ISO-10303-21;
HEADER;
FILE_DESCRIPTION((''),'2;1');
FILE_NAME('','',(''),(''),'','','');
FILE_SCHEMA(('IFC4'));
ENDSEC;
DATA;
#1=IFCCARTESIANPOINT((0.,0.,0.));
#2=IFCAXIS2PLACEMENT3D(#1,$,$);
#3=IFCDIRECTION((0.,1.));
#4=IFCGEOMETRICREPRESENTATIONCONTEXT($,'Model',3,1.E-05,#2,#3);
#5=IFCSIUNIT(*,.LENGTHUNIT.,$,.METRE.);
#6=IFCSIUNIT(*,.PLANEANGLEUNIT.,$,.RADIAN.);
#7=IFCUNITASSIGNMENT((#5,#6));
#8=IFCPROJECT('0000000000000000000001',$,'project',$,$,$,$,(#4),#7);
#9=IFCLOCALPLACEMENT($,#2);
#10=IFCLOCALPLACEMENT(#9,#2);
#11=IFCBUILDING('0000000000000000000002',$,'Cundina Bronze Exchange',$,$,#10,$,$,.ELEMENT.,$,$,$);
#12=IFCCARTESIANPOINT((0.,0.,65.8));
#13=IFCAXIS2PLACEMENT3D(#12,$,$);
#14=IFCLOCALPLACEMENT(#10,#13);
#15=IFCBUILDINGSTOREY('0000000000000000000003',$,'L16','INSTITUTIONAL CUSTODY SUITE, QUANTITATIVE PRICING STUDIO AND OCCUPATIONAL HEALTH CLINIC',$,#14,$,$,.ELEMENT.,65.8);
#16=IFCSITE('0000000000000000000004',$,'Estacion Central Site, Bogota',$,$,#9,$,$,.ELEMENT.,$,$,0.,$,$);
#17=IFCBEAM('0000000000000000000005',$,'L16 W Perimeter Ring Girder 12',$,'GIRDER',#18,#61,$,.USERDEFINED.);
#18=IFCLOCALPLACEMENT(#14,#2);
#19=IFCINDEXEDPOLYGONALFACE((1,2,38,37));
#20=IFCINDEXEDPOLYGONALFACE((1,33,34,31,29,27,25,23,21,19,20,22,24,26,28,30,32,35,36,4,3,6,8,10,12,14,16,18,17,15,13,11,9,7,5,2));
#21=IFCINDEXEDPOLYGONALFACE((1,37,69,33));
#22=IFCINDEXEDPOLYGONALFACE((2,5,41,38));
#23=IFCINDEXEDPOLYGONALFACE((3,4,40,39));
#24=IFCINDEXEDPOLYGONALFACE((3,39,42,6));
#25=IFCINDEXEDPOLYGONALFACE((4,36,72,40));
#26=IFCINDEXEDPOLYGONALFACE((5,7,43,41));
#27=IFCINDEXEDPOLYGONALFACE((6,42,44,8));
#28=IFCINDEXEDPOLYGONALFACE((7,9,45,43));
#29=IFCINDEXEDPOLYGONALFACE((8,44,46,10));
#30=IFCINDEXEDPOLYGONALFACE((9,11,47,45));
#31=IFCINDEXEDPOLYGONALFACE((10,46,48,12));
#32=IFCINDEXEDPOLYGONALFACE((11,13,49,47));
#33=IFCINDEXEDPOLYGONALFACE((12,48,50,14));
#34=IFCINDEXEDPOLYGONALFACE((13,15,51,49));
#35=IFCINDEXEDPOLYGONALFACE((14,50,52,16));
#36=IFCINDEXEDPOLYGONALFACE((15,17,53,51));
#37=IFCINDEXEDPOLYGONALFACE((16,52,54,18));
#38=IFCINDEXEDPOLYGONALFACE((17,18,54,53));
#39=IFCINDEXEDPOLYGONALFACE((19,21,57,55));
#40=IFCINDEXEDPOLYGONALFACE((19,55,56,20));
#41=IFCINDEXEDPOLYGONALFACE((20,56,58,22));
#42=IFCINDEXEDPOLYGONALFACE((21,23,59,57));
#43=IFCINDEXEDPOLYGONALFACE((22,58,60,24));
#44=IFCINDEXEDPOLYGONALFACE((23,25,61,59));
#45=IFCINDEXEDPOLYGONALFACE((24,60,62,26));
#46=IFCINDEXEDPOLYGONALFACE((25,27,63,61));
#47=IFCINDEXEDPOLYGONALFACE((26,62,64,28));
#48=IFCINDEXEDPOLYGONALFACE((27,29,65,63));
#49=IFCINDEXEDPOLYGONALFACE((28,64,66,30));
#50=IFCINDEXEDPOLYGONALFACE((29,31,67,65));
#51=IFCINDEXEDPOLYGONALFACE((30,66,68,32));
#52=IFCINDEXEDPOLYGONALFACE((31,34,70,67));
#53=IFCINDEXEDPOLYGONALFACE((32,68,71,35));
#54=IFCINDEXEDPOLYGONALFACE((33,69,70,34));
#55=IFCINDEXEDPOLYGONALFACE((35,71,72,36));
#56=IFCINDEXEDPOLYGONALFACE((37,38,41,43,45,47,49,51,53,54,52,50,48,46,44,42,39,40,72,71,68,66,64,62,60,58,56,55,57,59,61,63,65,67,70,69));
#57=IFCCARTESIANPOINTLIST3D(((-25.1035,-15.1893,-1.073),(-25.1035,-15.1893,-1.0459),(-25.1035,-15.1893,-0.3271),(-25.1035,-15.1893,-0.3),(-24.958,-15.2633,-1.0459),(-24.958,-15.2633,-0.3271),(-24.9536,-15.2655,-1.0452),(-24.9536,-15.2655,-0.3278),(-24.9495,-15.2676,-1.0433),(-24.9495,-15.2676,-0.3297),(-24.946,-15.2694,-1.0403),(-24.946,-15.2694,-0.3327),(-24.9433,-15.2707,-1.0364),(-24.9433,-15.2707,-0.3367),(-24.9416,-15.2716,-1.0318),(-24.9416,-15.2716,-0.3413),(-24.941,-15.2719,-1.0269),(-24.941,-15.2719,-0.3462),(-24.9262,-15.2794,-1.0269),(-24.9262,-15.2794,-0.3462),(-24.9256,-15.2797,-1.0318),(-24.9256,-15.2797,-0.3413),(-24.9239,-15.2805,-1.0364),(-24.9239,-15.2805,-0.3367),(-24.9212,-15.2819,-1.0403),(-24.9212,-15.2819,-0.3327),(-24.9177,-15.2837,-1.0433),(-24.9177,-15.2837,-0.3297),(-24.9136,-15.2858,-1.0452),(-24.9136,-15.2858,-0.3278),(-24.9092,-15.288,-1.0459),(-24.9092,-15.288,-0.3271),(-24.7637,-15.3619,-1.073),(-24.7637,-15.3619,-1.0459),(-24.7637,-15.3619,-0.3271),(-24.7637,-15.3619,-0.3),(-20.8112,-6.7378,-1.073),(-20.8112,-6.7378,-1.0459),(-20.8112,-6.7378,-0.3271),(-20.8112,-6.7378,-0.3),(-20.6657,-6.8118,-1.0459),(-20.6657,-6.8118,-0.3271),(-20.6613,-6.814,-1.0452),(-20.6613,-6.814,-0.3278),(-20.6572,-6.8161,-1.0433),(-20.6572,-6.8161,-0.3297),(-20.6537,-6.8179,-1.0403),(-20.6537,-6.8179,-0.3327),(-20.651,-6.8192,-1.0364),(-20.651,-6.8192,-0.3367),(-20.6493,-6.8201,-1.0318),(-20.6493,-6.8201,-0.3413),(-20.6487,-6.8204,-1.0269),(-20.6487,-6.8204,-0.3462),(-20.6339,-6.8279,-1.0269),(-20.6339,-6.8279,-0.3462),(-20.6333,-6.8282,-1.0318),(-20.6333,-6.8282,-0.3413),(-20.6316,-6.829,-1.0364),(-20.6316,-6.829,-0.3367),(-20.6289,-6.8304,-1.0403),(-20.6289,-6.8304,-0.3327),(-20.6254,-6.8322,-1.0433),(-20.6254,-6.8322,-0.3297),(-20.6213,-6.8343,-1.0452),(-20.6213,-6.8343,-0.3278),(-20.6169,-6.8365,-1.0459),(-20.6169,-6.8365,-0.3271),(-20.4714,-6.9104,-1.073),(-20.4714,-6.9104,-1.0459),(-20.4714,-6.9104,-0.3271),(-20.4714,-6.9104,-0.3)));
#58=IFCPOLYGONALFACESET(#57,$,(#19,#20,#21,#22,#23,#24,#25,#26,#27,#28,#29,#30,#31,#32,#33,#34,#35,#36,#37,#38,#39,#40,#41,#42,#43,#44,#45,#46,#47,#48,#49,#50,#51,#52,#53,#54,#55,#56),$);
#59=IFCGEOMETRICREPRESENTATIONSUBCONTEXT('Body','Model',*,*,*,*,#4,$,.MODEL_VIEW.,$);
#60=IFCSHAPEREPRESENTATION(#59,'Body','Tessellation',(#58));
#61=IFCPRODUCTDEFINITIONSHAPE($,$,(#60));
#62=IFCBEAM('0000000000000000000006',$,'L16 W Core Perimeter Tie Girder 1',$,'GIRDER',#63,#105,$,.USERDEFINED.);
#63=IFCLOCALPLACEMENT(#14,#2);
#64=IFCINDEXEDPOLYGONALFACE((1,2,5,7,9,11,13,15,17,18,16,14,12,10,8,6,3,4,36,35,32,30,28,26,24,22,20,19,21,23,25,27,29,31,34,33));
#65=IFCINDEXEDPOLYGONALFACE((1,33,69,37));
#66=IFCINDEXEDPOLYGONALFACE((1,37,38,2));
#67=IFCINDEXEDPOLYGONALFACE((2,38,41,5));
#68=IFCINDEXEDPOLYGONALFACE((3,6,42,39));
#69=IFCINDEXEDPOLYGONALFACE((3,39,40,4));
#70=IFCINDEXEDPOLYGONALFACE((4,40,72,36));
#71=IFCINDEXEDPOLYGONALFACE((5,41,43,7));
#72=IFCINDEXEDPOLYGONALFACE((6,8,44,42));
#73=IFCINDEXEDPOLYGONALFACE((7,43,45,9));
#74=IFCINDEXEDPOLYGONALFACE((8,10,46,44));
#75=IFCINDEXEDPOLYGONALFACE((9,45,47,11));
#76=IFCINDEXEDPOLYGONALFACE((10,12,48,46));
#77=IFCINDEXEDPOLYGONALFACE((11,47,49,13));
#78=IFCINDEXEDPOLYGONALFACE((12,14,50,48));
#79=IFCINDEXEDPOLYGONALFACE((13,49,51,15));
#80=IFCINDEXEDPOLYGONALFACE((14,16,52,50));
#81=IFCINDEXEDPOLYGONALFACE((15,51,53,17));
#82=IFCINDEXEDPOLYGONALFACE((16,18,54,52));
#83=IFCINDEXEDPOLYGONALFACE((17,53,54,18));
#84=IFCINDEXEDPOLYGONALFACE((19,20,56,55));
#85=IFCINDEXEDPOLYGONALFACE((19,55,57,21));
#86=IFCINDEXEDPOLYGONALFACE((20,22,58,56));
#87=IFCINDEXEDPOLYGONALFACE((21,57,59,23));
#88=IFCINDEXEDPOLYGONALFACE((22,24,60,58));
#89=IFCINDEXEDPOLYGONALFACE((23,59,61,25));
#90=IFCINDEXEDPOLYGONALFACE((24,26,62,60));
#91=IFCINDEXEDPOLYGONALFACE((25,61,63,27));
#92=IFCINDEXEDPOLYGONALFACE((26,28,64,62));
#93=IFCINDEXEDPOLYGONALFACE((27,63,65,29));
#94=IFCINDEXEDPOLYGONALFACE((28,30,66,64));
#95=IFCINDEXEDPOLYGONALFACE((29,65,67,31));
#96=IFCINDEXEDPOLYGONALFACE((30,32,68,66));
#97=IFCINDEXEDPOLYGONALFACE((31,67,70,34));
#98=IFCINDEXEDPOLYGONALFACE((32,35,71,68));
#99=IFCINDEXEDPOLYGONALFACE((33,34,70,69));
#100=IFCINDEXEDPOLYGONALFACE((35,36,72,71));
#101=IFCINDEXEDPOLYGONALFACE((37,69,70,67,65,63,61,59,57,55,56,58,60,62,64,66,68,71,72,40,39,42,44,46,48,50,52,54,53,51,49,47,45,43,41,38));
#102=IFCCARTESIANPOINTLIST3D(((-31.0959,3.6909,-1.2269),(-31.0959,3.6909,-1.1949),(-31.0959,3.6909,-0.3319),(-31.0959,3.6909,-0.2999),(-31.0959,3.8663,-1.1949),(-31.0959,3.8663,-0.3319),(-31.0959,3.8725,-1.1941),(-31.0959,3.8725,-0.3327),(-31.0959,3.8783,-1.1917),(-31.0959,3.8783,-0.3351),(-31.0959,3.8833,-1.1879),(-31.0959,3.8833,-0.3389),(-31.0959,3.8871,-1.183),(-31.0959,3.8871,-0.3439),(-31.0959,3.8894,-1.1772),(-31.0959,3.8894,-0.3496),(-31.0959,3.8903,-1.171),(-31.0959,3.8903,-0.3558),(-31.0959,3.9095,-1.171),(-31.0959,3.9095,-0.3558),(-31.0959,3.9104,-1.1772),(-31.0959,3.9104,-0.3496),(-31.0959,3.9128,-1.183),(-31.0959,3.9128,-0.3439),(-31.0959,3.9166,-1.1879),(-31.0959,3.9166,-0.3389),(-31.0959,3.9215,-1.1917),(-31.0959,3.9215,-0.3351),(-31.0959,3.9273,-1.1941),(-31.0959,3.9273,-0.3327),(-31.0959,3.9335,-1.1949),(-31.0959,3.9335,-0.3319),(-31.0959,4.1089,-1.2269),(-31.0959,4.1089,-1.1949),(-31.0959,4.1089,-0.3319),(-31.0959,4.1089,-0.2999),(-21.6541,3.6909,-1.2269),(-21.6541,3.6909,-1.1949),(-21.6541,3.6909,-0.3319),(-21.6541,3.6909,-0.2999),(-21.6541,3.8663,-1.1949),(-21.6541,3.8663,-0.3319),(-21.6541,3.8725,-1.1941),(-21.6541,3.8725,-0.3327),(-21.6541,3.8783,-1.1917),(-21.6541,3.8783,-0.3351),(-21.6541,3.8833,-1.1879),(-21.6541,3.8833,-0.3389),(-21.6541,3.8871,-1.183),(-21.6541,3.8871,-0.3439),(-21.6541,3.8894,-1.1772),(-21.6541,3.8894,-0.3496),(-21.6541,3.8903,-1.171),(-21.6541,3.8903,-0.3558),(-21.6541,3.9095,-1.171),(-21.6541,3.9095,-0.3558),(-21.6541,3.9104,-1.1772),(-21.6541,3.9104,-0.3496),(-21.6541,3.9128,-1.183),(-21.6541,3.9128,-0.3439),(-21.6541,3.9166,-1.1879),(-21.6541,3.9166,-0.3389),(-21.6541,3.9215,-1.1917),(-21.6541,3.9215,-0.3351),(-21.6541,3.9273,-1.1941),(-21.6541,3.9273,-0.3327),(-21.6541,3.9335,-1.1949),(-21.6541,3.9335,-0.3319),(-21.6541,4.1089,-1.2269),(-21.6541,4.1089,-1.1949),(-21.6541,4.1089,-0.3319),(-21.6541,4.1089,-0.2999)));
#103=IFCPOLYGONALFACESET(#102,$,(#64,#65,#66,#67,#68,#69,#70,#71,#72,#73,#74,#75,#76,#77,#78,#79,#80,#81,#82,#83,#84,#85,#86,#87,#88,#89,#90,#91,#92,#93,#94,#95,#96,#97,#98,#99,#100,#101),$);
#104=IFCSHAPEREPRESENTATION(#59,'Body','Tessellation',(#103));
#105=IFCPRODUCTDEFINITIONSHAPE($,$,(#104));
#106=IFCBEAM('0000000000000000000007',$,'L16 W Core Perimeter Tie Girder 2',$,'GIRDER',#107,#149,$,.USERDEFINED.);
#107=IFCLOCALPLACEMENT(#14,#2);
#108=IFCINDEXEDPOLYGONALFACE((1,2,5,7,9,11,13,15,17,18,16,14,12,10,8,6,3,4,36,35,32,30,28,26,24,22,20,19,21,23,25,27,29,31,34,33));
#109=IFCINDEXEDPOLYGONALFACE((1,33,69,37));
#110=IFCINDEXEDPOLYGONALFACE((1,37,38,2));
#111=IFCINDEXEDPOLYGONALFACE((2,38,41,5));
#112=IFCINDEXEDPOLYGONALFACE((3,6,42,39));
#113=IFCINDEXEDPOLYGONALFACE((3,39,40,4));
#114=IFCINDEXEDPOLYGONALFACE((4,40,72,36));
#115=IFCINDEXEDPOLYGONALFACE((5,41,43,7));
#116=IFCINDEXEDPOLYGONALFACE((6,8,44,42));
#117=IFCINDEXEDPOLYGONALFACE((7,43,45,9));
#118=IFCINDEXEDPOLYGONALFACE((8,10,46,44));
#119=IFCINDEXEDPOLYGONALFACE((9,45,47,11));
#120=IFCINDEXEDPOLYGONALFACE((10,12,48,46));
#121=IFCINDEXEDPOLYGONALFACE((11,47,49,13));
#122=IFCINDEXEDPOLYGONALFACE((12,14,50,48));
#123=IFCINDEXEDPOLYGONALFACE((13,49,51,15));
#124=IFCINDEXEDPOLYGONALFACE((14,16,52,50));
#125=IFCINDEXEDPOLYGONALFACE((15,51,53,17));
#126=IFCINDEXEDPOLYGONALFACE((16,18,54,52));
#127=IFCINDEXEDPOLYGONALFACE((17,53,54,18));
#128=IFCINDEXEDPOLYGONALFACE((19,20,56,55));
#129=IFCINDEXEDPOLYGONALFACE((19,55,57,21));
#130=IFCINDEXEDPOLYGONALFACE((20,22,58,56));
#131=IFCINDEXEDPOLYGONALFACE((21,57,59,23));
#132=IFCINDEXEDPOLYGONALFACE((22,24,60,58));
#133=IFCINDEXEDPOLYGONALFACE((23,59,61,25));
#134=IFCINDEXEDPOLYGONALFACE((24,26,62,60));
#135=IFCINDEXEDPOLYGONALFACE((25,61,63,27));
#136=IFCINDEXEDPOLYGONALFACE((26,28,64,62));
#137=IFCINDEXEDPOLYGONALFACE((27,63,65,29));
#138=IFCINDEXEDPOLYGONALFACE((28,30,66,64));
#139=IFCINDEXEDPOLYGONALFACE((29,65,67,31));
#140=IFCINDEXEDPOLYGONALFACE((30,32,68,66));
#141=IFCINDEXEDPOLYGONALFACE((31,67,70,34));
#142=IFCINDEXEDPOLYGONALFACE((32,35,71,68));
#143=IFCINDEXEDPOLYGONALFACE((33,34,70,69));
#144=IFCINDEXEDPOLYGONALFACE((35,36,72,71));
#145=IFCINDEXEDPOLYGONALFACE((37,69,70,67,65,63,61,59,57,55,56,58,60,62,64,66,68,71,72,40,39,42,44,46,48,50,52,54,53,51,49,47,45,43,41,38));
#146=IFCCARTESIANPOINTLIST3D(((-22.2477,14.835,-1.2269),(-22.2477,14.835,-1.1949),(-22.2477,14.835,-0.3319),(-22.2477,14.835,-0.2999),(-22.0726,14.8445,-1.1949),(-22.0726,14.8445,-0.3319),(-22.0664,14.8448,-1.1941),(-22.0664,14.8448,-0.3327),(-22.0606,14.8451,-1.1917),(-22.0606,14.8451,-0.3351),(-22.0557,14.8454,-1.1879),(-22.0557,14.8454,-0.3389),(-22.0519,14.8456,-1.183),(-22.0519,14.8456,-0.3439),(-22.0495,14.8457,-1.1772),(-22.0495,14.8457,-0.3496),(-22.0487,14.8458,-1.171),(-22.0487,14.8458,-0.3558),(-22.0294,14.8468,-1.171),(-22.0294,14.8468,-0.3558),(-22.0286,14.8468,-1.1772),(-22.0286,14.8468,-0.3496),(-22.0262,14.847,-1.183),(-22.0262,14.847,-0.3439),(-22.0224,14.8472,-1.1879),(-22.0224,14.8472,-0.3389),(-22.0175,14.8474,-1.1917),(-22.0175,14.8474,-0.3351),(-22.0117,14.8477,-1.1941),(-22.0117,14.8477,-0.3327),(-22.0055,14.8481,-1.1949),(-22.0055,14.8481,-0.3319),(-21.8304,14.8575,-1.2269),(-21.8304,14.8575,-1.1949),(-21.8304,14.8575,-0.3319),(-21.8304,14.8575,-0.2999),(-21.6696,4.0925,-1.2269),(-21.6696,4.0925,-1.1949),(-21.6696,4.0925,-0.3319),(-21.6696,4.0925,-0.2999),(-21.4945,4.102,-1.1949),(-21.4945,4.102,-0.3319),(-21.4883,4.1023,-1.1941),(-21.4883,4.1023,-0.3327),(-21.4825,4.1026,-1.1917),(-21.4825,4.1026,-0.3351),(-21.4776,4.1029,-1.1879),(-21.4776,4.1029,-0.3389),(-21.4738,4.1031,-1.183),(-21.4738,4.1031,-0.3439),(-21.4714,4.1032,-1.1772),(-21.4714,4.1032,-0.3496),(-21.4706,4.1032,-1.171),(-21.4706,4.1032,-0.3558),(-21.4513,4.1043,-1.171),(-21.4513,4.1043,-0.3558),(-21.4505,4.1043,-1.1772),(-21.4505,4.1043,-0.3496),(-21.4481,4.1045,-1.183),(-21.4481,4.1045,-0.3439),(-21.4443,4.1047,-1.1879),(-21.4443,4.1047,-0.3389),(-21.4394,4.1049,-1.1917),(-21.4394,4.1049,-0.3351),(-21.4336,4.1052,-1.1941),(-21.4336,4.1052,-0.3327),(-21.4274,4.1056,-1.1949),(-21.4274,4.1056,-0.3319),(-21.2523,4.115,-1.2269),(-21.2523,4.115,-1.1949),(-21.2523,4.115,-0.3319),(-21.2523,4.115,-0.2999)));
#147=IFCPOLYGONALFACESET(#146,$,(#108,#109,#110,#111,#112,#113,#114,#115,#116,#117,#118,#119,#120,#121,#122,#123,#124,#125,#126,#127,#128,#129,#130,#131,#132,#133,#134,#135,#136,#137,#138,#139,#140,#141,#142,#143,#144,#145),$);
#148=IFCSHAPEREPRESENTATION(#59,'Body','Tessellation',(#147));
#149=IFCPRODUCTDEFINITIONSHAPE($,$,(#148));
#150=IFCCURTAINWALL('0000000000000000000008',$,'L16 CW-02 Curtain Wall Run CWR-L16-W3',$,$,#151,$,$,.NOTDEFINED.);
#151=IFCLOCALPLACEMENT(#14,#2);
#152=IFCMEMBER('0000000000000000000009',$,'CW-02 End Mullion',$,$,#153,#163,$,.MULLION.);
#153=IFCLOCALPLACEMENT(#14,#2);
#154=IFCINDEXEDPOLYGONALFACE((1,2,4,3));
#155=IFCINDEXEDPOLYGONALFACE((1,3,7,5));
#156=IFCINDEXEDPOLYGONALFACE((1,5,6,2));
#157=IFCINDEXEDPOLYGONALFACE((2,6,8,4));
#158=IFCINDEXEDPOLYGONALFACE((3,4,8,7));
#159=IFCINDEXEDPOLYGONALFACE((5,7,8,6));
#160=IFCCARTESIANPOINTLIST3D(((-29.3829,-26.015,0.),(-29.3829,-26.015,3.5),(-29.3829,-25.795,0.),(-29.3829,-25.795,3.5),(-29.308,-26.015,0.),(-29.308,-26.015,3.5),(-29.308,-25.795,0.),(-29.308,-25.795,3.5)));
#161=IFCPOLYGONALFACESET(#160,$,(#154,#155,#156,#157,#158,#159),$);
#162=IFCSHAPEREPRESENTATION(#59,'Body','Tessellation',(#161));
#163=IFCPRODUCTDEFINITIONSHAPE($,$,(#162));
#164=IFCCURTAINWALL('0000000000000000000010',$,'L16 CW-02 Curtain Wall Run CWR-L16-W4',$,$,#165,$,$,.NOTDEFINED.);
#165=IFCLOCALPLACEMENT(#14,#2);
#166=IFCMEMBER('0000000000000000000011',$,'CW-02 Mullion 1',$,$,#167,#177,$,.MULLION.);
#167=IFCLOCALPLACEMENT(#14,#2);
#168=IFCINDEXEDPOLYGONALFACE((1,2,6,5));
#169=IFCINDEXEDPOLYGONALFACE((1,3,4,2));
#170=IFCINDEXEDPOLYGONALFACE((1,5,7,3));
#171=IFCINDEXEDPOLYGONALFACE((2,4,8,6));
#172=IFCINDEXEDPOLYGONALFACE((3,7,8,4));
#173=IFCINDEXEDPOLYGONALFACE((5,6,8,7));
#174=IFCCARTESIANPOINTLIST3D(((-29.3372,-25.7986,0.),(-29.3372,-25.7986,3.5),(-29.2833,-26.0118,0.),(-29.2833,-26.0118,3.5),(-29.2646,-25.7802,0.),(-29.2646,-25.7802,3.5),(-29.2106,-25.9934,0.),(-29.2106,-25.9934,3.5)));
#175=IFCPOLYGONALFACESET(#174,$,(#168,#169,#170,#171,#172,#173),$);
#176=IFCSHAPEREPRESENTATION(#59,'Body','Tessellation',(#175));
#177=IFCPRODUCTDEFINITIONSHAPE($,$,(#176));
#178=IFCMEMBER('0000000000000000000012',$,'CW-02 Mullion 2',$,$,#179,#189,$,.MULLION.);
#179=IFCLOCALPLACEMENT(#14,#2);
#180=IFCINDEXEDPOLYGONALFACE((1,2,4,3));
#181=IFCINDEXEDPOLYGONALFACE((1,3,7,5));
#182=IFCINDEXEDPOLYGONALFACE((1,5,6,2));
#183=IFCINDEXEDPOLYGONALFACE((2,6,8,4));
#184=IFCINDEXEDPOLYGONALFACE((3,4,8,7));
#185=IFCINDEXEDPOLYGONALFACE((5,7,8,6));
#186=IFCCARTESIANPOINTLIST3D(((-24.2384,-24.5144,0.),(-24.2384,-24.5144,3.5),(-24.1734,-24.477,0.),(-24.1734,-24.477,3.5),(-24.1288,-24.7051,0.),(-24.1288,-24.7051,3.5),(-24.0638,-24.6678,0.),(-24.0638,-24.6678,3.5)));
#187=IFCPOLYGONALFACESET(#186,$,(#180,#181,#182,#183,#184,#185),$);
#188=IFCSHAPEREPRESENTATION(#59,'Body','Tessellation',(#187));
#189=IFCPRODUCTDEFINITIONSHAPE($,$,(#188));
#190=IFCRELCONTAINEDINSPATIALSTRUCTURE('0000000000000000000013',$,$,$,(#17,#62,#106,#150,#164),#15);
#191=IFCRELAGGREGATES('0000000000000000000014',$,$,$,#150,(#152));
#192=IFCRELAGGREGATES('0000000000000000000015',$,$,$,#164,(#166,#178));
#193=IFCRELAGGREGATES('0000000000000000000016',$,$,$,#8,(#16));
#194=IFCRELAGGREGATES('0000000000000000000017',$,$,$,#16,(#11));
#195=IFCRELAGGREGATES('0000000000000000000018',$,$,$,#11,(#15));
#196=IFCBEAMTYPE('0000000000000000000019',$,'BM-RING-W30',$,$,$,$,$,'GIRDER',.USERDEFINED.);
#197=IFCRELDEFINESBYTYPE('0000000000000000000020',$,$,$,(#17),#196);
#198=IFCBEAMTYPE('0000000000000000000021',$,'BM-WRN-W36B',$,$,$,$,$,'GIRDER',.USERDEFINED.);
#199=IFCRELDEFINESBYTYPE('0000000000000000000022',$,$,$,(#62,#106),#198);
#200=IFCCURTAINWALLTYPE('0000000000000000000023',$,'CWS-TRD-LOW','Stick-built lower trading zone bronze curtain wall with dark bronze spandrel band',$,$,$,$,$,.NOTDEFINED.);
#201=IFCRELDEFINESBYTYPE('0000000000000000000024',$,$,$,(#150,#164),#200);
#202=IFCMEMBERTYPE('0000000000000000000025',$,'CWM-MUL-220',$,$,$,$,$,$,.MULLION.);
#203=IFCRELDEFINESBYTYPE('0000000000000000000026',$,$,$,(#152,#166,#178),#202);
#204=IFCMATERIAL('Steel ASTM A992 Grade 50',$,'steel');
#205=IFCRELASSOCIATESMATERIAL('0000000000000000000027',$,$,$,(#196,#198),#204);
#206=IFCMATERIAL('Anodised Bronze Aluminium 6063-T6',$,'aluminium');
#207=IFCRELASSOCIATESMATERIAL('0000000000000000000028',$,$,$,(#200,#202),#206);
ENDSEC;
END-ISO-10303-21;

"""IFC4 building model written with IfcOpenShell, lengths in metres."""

from ifc_helpers import new_model, si_unit, direction, frame, origin, origin_2d, place, context, subcontext, project, spatial, rectangle, i_section, extrude, material, material_profile, profile_set, type_object, element, aggregate, save


model = new_model("IFC4")

# Units and contexts
model_context = context("Model", 3, precision=1e-05, world=origin(), true_north=direction((0.0, 1.0)))
body_context = subcontext(model_context, "Body", "Model", "MODEL_VIEW")
ifc_project = project(units=[si_unit("LENGTHUNIT", "METRE"), si_unit("PLANEANGLEUNIT", "RADIAN")], contexts=[model_context])

# Site, building, storey
site_placement = place(None, origin())
site = spatial("IfcSite", under=ifc_project, at=site_placement, Name="Estacion Central Site, Bogota", CompositionType="ELEMENT", RefElevation=0.0)
building_placement = place(site_placement, origin())
building = spatial("IfcBuilding", under=site, at=building_placement, Name="Cundina Bronze Exchange", CompositionType="ELEMENT")
storey_placement = place(building_placement, frame((0.0, 0.0, 65.8)))
storey = spatial("IfcBuildingStorey", under=building, at=storey_placement, Name="L16", Description="INSTITUTIONAL CUSTODY SUITE, QUANTITATIVE PRICING STUDIO AND OCCUPATIONAL HEALTH CLINIC", CompositionType="ELEMENT", Elevation=65.8)

# Shared definitions
ifc_material_1 = material(Name="Steel ASTM A992 Grade 50", Category="steel")

# Beams
ifc_material_profile_1 = material_profile(ifc_material_1, i_section(OverallWidth=0.3811, OverallDepth=0.7729, WebThickness=0.0166, FlangeThickness=0.0271, FilletRadius=0.019, at=origin_2d()), Name="W30X173", Category="steel")
ifc_profile_set_1 = profile_set([ifc_material_profile_1], Name="Steel ASTM A992 Grade 50")
beam_type_1 = type_object("IfcBeamType", Name="BM-RING-W30", ElementType="GIRDER", PredefinedType="USERDEFINED", material=ifc_profile_set_1)
beam_1_placement = place(storey_placement, frame((-24.9336, -15.2756, -0.6865), z_axis=(0.45282, 0.891602, 0.0), x_axis=(-0.891602, 0.45282, 0.0)))
element("IfcBeam", 1, at=beam_1_placement, inside=storey, type_object=beam_type_1, Name="L16 W Perimeter Ring Girder 12", ObjectType="GIRDER", PredefinedType="USERDEFINED", context=body_context, shape_type="SweptSolid", body=[
    extrude(i_section(OverallWidth=0.3811, OverallDepth=0.7729, WebThickness=0.0166, FlangeThickness=0.0271, FilletRadius=0.019, at=origin_2d()), origin(), (0.0, 0.0, 1.0), 9.479),
])
ifc_material_profile_2 = material_profile(ifc_material_1, i_section(OverallWidth=0.418, OverallDepth=0.927, WebThickness=0.0193, FlangeThickness=0.032, FilletRadius=0.0239, at=origin_2d()), Name="W36X231", Category="steel")
ifc_profile_set_2 = profile_set([ifc_material_profile_2], Name="Steel ASTM A992 Grade 50")
beam_type_2 = type_object("IfcBeamType", Name="BM-WRN-W36B", ElementType="GIRDER", PredefinedType="USERDEFINED", material=ifc_profile_set_2)
beam_2_placement = place(storey_placement, frame((-31.0959, 3.8999, -0.7634), z_axis=(1.0, 0.0, 0.0), x_axis=(0.0, 1.0, 0.0)))
element("IfcBeam", 2, at=beam_2_placement, inside=storey, type_object=beam_type_2, Name="L16 W Core Perimeter Tie Girder 1", ObjectType="GIRDER", PredefinedType="USERDEFINED", context=body_context, shape_type="SweptSolid", body=[
    extrude(i_section(OverallWidth=0.418, OverallDepth=0.927, WebThickness=0.0193, FlangeThickness=0.032, FilletRadius=0.0239, at=origin_2d()), origin(), (0.0, 0.0, 1.0), 9.4419),
])
beam_3_placement = place(storey_placement, frame((-21.4609, 4.1038, -0.7634), z_axis=(-0.053739, 0.998555, 0.0), x_axis=(-0.998555, -0.053739, 0.0)))
element("IfcBeam", 3, at=beam_3_placement, inside=storey, type_object=beam_type_2, Name="L16 W Core Perimeter Tie Girder 2", ObjectType="GIRDER", PredefinedType="USERDEFINED", context=body_context, shape_type="SweptSolid", body=[
    extrude(i_section(OverallWidth=0.418, OverallDepth=0.927, WebThickness=0.0193, FlangeThickness=0.032, FilletRadius=0.0239, at=origin_2d()), origin(), (0.0, 0.0, 1.0), 10.7581),
])

# Curtain wall, member
ifc_material_2 = material(Name="Anodised Bronze Aluminium 6063-T6", Category="aluminium")
curtain_wall_type = type_object("IfcCurtainWallType", Name="CWS-TRD-LOW", Description="Stick-built lower trading zone bronze curtain wall with dark bronze spandrel band", PredefinedType="NOTDEFINED", material=ifc_material_2)
curtain_wall_1_placement = place(storey_placement, origin())
curtain_wall_1 = element("IfcCurtainWall", 4, at=curtain_wall_1_placement, inside=storey, type_object=curtain_wall_type, Name="L16 CW-02 Curtain Wall Run CWR-L16-W3", PredefinedType="NOTDEFINED")
ifc_material_profile_3 = material_profile(ifc_material_2, rectangle(XDim=0.075, YDim=0.22, at=origin_2d()), Name="AL75X220", Category="aluminium")
ifc_profile_set_3 = profile_set([ifc_material_profile_3], Name="Anodised Bronze Aluminium 6063-T6")
member_type_1 = type_object("IfcMemberType", Name="CWM-MUL-220", PredefinedType="MULLION", material=ifc_profile_set_3)
member_1_placement = place(storey_placement, frame((-29.3455, -25.905, 0.0), z_axis=(0.0, 0.0, 1.0), x_axis=(1.0, 0.0, 0.0)))
member_1 = element("IfcMember", 5, at=member_1_placement, type_object=member_type_1, Name="CW-02 End Mullion", PredefinedType="MULLION", context=body_context, shape_type="SweptSolid", body=[
    extrude(rectangle(XDim=0.075, YDim=0.22, at=origin_2d()), origin(), (0.0, 0.0, 1.0), 3.5),
])
aggregate(curtain_wall_1, [member_1])

# Curtain wall, members
curtain_wall_2_placement = place(storey_placement, origin())
curtain_wall_2 = element("IfcCurtainWall", 6, at=curtain_wall_2_placement, inside=storey, type_object=curtain_wall_type, Name="L16 CW-02 Curtain Wall Run CWR-L16-W4", PredefinedType="NOTDEFINED")
member_2_placement = place(storey_placement, frame((-29.2739, -25.896, 0.0), z_axis=(0.0, 0.0, 1.0), x_axis=(0.969488, 0.245138, 0.0)))
member_2 = element("IfcMember", 7, at=member_2_placement, type_object=member_type_1, Name="CW-02 Mullion 1", PredefinedType="MULLION", context=body_context, shape_type="SweptSolid", body=[
    extrude(rectangle(XDim=0.075, YDim=0.22, at=origin_2d()), origin(), (0.0, 0.0, 1.0), 3.5),
])
member_3_placement = place(storey_placement, frame((-24.1511, -24.5911, 0.0), z_axis=(0.0, 0.0, 1.0), x_axis=(0.867071, 0.498185, 0.0)))
member_3 = element("IfcMember", 8, at=member_3_placement, type_object=member_type_1, Name="CW-02 Mullion 2", PredefinedType="MULLION", context=body_context, shape_type="SweptSolid", body=[
    extrude(rectangle(XDim=0.075, YDim=0.22, at=origin_2d()), origin(), (0.0, 0.0, 1.0), 3.5),
])
aggregate(curtain_wall_2, [member_2, member_3])

save(model, "model.ifc")
